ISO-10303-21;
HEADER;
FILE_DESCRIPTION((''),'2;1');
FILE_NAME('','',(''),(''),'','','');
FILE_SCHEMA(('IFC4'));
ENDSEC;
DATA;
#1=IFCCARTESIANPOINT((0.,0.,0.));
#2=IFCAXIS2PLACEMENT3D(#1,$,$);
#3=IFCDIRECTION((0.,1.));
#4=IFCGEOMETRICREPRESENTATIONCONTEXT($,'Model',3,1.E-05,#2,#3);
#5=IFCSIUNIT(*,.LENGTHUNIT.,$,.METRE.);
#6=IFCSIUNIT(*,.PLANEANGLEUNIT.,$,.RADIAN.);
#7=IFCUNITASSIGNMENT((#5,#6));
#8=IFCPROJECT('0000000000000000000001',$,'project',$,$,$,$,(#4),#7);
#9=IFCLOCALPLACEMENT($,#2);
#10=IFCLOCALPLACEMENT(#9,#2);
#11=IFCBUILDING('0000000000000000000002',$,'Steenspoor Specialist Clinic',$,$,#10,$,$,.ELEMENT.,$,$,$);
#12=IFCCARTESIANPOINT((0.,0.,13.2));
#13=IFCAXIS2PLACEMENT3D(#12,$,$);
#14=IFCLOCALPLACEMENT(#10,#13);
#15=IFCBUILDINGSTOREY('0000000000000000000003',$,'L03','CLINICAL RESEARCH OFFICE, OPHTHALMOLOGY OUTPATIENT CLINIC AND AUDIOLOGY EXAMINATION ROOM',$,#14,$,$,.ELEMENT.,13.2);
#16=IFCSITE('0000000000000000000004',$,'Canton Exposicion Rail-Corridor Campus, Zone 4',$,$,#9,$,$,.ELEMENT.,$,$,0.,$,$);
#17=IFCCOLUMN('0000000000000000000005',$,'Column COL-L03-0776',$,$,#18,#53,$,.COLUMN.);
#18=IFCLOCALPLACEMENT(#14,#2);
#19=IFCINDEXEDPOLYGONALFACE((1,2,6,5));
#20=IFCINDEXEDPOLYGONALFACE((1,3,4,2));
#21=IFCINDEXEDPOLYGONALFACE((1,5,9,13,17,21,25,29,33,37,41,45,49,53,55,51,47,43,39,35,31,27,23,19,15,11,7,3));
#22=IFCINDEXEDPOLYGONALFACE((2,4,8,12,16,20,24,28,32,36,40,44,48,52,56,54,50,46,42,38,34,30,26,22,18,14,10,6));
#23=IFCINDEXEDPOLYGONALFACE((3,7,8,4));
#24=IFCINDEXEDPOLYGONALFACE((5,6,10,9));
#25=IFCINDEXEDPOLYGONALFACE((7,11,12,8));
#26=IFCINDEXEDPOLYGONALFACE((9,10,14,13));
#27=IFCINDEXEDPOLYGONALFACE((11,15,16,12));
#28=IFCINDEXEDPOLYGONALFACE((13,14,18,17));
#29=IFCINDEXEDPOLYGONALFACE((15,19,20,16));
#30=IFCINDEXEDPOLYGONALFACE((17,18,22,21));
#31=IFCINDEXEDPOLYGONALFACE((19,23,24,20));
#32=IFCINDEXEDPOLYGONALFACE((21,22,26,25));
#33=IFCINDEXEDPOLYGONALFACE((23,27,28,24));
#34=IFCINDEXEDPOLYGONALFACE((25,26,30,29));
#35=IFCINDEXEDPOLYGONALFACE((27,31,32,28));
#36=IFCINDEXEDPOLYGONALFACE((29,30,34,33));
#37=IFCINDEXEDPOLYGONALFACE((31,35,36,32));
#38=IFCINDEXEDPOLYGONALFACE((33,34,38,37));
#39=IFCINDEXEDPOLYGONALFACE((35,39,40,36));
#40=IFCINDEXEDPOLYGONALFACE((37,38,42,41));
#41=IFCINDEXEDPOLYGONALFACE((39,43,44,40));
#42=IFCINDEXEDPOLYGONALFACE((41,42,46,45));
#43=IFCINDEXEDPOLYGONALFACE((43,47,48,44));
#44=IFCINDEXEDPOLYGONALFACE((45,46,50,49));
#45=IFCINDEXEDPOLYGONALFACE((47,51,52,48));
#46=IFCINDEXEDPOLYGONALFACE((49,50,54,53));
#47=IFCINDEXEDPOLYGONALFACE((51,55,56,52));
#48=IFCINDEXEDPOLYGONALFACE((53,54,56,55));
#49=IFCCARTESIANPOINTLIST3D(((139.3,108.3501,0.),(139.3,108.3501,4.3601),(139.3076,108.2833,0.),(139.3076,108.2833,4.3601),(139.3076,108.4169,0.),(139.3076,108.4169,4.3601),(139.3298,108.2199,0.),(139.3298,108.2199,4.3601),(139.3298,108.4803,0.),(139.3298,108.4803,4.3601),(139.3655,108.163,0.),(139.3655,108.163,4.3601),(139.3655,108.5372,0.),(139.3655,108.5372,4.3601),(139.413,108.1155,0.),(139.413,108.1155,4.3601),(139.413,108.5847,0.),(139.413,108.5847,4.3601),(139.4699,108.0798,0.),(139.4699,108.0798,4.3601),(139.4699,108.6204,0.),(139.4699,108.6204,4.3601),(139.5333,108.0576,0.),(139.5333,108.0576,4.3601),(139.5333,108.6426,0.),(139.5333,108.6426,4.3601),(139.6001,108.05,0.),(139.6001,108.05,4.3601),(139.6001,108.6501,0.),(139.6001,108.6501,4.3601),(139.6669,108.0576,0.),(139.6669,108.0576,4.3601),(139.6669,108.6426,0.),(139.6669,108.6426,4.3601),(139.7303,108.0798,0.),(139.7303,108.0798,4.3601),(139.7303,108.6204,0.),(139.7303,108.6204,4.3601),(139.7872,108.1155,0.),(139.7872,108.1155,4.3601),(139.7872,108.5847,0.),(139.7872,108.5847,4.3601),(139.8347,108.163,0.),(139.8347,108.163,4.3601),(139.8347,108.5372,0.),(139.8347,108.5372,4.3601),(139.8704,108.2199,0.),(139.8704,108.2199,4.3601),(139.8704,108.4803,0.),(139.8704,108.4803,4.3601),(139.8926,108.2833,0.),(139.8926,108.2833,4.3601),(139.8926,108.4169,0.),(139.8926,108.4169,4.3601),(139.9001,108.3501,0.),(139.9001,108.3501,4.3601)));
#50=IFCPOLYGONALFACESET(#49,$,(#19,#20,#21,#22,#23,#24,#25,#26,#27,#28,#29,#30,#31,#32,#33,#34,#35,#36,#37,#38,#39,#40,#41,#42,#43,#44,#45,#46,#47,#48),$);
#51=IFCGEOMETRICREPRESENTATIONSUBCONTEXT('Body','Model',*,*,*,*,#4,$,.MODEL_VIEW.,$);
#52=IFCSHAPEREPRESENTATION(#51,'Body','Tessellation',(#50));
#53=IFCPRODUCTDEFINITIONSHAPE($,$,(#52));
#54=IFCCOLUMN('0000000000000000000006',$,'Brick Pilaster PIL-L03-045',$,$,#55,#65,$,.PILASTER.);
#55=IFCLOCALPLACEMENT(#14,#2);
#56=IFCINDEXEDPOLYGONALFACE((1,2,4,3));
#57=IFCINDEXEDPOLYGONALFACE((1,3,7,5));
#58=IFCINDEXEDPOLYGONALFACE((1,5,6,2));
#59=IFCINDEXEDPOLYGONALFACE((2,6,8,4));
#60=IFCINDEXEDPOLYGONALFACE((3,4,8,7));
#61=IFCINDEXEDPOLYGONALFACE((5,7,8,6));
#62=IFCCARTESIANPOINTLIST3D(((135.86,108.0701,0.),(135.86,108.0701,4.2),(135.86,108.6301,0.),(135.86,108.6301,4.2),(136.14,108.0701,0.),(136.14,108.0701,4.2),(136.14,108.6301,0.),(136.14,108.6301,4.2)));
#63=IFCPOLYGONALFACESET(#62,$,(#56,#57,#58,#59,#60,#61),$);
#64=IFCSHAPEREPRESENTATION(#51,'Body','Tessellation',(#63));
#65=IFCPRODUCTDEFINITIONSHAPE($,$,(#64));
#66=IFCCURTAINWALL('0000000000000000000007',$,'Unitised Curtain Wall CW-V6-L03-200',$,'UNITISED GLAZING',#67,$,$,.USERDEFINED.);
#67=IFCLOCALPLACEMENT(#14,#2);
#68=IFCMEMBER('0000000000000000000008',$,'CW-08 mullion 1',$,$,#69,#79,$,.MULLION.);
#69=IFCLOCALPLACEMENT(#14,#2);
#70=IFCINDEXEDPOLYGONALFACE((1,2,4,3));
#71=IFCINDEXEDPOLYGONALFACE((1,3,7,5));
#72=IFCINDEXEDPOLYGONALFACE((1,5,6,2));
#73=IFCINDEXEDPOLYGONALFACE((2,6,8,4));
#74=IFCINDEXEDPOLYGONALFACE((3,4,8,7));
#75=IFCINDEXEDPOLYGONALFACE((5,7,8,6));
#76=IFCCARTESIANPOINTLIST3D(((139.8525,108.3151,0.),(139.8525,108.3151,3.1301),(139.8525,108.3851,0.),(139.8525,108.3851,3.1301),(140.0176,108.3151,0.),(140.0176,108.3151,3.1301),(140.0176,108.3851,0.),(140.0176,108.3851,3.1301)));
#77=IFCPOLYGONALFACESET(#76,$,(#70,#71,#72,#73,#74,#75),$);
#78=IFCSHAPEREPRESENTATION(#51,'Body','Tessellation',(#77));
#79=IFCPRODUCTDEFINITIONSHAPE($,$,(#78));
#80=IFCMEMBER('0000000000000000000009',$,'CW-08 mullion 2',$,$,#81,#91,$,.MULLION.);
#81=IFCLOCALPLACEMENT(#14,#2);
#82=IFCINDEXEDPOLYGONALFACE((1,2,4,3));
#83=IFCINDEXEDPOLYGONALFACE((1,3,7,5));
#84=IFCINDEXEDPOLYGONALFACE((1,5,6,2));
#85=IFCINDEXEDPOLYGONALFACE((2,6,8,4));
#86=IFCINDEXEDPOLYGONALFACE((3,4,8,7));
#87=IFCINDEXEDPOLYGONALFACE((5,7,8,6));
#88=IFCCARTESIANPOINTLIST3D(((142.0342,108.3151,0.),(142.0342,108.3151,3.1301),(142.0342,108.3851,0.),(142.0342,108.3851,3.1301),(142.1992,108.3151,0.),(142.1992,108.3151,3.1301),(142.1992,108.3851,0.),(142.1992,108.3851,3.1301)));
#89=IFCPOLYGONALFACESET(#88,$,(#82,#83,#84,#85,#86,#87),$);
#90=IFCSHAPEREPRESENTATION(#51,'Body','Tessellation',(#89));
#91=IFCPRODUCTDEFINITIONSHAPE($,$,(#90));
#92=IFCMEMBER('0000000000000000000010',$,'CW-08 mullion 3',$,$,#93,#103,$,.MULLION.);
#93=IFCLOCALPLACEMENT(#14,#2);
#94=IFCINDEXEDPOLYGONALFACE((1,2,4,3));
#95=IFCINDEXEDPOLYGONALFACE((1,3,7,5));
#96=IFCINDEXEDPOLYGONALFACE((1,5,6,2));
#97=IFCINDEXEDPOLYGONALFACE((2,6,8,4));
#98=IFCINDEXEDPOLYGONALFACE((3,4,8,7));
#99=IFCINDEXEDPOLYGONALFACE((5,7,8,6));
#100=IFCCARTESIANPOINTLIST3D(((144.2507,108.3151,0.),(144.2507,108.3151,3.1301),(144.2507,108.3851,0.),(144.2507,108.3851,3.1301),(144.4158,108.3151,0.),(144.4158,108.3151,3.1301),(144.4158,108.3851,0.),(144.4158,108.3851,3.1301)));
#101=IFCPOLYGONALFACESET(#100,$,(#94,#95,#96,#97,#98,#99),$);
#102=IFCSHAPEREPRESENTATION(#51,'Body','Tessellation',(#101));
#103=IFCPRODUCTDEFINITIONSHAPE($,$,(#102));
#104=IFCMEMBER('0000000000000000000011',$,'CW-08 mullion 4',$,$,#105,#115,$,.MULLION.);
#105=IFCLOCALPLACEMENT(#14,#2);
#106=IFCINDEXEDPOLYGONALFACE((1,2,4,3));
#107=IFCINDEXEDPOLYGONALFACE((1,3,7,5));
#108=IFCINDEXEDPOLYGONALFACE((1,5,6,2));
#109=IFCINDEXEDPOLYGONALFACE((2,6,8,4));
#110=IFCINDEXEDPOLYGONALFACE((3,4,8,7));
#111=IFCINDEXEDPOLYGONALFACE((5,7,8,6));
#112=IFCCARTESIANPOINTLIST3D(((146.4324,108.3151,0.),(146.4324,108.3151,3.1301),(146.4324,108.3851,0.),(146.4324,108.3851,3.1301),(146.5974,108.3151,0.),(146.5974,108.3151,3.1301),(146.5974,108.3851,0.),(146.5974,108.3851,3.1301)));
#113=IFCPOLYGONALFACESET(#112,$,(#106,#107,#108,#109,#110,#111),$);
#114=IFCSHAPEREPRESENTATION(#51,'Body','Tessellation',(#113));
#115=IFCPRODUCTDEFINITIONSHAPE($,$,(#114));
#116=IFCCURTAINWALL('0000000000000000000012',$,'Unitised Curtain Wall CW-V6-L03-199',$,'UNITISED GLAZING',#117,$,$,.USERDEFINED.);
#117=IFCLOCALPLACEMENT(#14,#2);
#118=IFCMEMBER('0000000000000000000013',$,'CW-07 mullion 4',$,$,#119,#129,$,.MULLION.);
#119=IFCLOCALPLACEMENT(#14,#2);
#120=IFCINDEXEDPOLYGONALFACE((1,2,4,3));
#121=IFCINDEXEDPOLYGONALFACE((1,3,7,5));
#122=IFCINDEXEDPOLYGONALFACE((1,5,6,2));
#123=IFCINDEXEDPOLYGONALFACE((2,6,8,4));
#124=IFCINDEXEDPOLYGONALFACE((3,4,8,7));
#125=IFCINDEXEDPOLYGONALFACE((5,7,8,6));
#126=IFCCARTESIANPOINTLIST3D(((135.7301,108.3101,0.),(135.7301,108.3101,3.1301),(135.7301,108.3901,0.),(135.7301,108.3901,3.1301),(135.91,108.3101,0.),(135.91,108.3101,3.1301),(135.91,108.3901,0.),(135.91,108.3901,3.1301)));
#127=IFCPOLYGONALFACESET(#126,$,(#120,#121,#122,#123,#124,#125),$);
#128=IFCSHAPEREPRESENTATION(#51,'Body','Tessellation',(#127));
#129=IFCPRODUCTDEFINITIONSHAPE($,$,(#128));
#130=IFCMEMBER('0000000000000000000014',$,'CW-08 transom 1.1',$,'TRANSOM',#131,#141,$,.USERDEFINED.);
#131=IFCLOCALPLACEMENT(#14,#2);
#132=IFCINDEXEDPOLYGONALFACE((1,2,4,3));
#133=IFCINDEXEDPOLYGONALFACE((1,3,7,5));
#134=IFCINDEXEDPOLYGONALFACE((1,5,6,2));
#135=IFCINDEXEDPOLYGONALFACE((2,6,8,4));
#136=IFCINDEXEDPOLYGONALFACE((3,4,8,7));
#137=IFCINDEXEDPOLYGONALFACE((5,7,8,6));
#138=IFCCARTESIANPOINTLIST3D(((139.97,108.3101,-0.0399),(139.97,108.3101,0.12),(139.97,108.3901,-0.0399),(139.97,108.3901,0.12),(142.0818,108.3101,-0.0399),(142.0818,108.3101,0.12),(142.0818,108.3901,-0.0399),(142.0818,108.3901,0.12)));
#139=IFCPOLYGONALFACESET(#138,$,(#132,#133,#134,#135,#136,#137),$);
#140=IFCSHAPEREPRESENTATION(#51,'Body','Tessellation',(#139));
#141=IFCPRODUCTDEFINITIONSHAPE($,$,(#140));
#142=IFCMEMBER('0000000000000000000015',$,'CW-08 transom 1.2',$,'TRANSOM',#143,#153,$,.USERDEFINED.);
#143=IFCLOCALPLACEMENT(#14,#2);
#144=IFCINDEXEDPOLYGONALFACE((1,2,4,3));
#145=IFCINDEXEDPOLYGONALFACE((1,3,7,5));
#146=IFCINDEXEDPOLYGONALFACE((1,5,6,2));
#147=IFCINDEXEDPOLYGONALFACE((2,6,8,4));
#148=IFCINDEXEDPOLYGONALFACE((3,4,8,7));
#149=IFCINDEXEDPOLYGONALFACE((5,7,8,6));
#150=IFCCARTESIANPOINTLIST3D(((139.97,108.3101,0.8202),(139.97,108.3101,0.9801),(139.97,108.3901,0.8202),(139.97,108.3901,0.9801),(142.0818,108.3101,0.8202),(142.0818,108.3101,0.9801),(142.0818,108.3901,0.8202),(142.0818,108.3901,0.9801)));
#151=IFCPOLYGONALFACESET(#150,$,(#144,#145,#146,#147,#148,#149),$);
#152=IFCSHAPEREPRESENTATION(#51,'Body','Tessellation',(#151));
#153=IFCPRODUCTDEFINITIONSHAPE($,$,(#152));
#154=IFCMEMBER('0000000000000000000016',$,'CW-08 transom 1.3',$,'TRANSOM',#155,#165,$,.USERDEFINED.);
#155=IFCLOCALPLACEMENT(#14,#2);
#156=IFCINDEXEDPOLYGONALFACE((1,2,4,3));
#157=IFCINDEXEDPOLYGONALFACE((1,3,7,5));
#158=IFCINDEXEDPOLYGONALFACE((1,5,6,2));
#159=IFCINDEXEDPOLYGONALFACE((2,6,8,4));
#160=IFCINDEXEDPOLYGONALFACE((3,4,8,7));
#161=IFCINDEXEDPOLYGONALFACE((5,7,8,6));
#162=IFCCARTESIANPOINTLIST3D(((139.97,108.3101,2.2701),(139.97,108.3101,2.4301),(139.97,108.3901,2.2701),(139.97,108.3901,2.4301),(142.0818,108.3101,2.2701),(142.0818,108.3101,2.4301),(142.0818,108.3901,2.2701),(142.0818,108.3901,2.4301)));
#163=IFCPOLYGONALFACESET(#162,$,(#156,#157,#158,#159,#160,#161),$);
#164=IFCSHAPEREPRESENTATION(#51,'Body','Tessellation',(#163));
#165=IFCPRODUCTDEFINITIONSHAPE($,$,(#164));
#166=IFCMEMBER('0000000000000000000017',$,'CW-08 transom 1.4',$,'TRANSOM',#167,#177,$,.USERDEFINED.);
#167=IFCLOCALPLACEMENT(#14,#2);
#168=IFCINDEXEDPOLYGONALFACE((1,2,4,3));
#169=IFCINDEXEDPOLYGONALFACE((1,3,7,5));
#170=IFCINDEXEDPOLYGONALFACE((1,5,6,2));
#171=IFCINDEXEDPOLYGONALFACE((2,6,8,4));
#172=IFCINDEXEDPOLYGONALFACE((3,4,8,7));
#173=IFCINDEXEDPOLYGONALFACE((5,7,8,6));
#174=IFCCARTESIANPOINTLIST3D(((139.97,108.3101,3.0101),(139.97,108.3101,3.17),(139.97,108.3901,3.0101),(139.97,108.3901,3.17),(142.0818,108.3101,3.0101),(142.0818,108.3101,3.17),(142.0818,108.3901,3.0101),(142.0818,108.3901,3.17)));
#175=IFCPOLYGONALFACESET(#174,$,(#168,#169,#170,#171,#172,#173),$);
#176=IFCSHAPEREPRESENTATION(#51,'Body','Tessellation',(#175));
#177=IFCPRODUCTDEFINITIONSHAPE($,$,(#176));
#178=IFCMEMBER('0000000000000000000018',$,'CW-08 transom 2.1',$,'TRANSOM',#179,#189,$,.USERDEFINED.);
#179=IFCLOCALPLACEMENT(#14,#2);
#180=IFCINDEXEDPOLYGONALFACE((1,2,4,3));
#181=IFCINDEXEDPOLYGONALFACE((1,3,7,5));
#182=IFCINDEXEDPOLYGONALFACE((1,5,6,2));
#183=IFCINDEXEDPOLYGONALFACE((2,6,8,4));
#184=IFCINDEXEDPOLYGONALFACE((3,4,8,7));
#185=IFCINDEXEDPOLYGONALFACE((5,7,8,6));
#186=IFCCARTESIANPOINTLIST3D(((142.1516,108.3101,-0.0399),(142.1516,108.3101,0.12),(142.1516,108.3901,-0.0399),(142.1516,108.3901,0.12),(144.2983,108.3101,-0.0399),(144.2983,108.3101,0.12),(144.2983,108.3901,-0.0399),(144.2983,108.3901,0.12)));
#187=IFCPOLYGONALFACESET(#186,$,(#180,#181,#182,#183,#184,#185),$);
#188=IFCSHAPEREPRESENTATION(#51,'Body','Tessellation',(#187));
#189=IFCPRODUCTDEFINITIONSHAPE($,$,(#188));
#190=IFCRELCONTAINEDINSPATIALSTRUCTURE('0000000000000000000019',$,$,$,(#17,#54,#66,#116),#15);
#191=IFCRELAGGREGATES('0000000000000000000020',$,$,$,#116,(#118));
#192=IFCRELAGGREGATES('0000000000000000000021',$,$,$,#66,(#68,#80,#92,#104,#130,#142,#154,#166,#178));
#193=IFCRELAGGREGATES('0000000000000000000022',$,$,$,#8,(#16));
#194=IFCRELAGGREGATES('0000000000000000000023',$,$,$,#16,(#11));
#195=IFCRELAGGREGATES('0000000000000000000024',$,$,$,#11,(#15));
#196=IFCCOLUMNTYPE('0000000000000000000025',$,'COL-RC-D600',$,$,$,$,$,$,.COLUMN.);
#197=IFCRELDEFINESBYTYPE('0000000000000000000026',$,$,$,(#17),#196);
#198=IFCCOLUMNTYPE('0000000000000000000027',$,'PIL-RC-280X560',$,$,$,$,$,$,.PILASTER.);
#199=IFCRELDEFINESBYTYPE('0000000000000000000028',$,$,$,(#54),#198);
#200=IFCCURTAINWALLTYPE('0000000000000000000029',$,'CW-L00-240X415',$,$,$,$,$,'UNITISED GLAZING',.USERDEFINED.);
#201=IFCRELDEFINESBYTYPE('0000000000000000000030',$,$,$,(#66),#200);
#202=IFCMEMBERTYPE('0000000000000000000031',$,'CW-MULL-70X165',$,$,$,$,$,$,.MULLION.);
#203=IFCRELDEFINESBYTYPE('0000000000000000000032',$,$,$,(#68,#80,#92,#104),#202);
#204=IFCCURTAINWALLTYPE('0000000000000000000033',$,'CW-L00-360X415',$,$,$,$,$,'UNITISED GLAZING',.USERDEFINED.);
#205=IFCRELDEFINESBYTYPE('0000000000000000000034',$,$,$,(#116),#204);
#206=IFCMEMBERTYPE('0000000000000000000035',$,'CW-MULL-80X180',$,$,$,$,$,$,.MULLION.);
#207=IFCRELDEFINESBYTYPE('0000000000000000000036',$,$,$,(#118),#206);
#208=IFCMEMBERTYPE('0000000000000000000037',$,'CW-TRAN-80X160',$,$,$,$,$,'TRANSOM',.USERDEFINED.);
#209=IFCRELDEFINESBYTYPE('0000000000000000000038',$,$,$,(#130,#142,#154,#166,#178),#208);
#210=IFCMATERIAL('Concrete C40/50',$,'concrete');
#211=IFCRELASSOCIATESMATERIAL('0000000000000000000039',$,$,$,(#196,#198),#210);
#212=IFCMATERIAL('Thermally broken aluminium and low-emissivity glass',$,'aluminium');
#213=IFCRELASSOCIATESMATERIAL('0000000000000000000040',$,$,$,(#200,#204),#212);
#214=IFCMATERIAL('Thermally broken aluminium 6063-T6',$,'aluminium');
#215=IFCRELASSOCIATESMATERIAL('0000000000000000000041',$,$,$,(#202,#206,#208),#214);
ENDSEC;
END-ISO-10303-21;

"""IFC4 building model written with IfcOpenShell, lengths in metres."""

from ifc_helpers import new_model, si_unit, direction, frame, origin, origin_2d, place, context, subcontext, project, spatial, rectangle, circle, extrude, material, material_profile, profile_set, type_object, element, aggregate, save


model = new_model("IFC4")

# Units and contexts
model_context = context("Model", 3, precision=1e-05, world=origin(), true_north=direction((0.0, 1.0)))
body_context = subcontext(model_context, "Body", "Model", "MODEL_VIEW")
ifc_project = project(units=[si_unit("LENGTHUNIT", "METRE"), si_unit("PLANEANGLEUNIT", "RADIAN")], contexts=[model_context])

# Site, building, storey
site_placement = place(None, origin())
site = spatial("IfcSite", under=ifc_project, at=site_placement, Name="Canton Exposicion Rail-Corridor Campus, Zone 4", CompositionType="ELEMENT", RefElevation=0.0)
building_placement = place(site_placement, origin())
building = spatial("IfcBuilding", under=site, at=building_placement, Name="Steenspoor Specialist Clinic", CompositionType="ELEMENT")
storey_placement = place(building_placement, frame((0.0, 0.0, 13.2)))
storey = spatial("IfcBuildingStorey", under=building, at=storey_placement, Name="L03", Description="CLINICAL RESEARCH OFFICE, OPHTHALMOLOGY OUTPATIENT CLINIC AND AUDIOLOGY EXAMINATION ROOM", CompositionType="ELEMENT", Elevation=13.2)

# Columns
ifc_material_1 = material(Name="Concrete C40/50", Category="concrete")
ifc_material_profile_1 = material_profile(ifc_material_1, circle(Radius=0.3, at=origin_2d()), Name="RC-COL-D600")
ifc_profile_set_1 = profile_set([ifc_material_profile_1], Name="Concrete C40/50")
column_type_1 = type_object("IfcColumnType", Name="COL-RC-D600", PredefinedType="COLUMN", material=ifc_profile_set_1)
column_1_placement = place(storey_placement, frame((139.6001, 108.3501, 0.0), z_axis=(0.0, 0.0, 1.0), x_axis=(1.0, 0.0, 0.0)))
element("IfcColumn", 1, at=column_1_placement, inside=storey, type_object=column_type_1, Name="Column COL-L03-0776", PredefinedType="COLUMN", context=body_context, shape_type="SweptSolid", body=[
    extrude(circle(Radius=0.3, at=origin_2d()), origin(), (0.0, 0.0, 1.0), 4.3601),
])
ifc_material_profile_2 = material_profile(ifc_material_1, rectangle(XDim=0.28, YDim=0.5601, at=origin_2d()), Name="RC-PIL-280X560")
ifc_profile_set_2 = profile_set([ifc_material_profile_2], Name="Concrete C40/50")
column_type_2 = type_object("IfcColumnType", Name="PIL-RC-280X560", PredefinedType="PILASTER", material=ifc_profile_set_2)
column_2_placement = place(storey_placement, frame((136.0, 108.3501, 0.0), z_axis=(0.0, 0.0, 1.0), x_axis=(1.0, 0.0, 0.0)))
element("IfcColumn", 2, at=column_2_placement, inside=storey, type_object=column_type_2, Name="Brick Pilaster PIL-L03-045", PredefinedType="PILASTER", context=body_context, shape_type="SweptSolid", body=[
    extrude(rectangle(XDim=0.28, YDim=0.5601, at=origin_2d()), origin(), (0.0, 0.0, 1.0), 4.2),
])

# Curtain wall, members
ifc_material_2 = material(Name="Thermally broken aluminium and low-emissivity glass", Category="aluminium")
curtain_wall_type_1 = type_object("IfcCurtainWallType", Name="CW-L00-240X415", ElementType="UNITISED GLAZING", PredefinedType="USERDEFINED", material=ifc_material_2)
curtain_wall_1_placement = place(storey_placement, origin())
curtain_wall_1 = element("IfcCurtainWall", 3, at=curtain_wall_1_placement, inside=storey, type_object=curtain_wall_type_1, Name="Unitised Curtain Wall CW-V6-L03-200", ObjectType="UNITISED GLAZING", PredefinedType="USERDEFINED")
ifc_material_3 = material(Name="Thermally broken aluminium 6063-T6", Category="aluminium")
ifc_material_profile_3 = material_profile(ifc_material_3, rectangle(XDim=0.0701, YDim=0.165, at=origin_2d()), Name="CWM-70X165")
ifc_profile_set_3 = profile_set([ifc_material_profile_3], Name="Thermally broken aluminium 6063-T6")
member_type_1 = type_object("IfcMemberType", Name="CW-MULL-70X165", PredefinedType="MULLION", material=ifc_profile_set_3)
member_1_placement = place(storey_placement, frame((139.9351, 108.3501, 0.0), z_axis=(0.0, 0.0, 1.0), x_axis=(0.0, 1.0, 0.0)))
member_1 = element("IfcMember", 4, at=member_1_placement, type_object=member_type_1, Name="CW-08 mullion 1", PredefinedType="MULLION", context=body_context, shape_type="SweptSolid", body=[
    extrude(rectangle(XDim=0.0701, YDim=0.165, at=origin_2d()), origin(), (0.0, 0.0, 1.0), 3.1301),
])
member_2_placement = place(storey_placement, frame((142.1167, 108.3501, 0.0), z_axis=(0.0, 0.0, 1.0), x_axis=(0.0, 1.0, 0.0)))
member_2 = element("IfcMember", 5, at=member_2_placement, type_object=member_type_1, Name="CW-08 mullion 2", PredefinedType="MULLION", context=body_context, shape_type="SweptSolid", body=[
    extrude(rectangle(XDim=0.0701, YDim=0.165, at=origin_2d()), origin(), (0.0, 0.0, 1.0), 3.1301),
])
member_3_placement = place(storey_placement, frame((144.3333, 108.3501, 0.0), z_axis=(0.0, 0.0, 1.0), x_axis=(0.0, 1.0, 0.0)))
member_3 = element("IfcMember", 6, at=member_3_placement, type_object=member_type_1, Name="CW-08 mullion 3", PredefinedType="MULLION", context=body_context, shape_type="SweptSolid", body=[
    extrude(rectangle(XDim=0.0701, YDim=0.165, at=origin_2d()), origin(), (0.0, 0.0, 1.0), 3.1301),
])
member_4_placement = place(storey_placement, frame((146.5149, 108.3501, 0.0), z_axis=(0.0, 0.0, 1.0), x_axis=(0.0, 1.0, 0.0)))
member_4 = element("IfcMember", 7, at=member_4_placement, type_object=member_type_1, Name="CW-08 mullion 4", PredefinedType="MULLION", context=body_context, shape_type="SweptSolid", body=[
    extrude(rectangle(XDim=0.0701, YDim=0.165, at=origin_2d()), origin(), (0.0, 0.0, 1.0), 3.1301),
])

# Curtain wall, member
curtain_wall_type_2 = type_object("IfcCurtainWallType", Name="CW-L00-360X415", ElementType="UNITISED GLAZING", PredefinedType="USERDEFINED", material=ifc_material_2)
curtain_wall_2_placement = place(storey_placement, origin())
curtain_wall_2 = element("IfcCurtainWall", 8, at=curtain_wall_2_placement, inside=storey, type_object=curtain_wall_type_2, Name="Unitised Curtain Wall CW-V6-L03-199", ObjectType="UNITISED GLAZING", PredefinedType="USERDEFINED")
ifc_material_profile_4 = material_profile(ifc_material_3, rectangle(XDim=0.0801, YDim=0.1799, at=origin_2d()), Name="CWM-80X180")
ifc_profile_set_4 = profile_set([ifc_material_profile_4], Name="Thermally broken aluminium 6063-T6")
member_type_2 = type_object("IfcMemberType", Name="CW-MULL-80X180", PredefinedType="MULLION", material=ifc_profile_set_4)
member_5_placement = place(storey_placement, frame((135.8201, 108.3501, 0.0), z_axis=(0.0, 0.0, 1.0), x_axis=(0.0, 1.0, 0.0)))
member_5 = element("IfcMember", 9, at=member_5_placement, type_object=member_type_2, Name="CW-07 mullion 4", PredefinedType="MULLION", context=body_context, shape_type="SweptSolid", body=[
    extrude(rectangle(XDim=0.0801, YDim=0.1799, at=origin_2d()), origin(), (0.0, 0.0, 1.0), 3.1301),
])

# Members
ifc_material_profile_5 = material_profile(ifc_material_3, rectangle(XDim=0.0801, YDim=0.1599, at=origin_2d()), Name="CWT-80X160")
ifc_profile_set_5 = profile_set([ifc_material_profile_5], Name="Thermally broken aluminium 6063-T6")
member_type_3 = type_object("IfcMemberType", Name="CW-TRAN-80X160", ElementType="TRANSOM", PredefinedType="USERDEFINED", material=ifc_profile_set_5)
member_6_placement = place(storey_placement, frame((139.97, 108.3501, 0.04), z_axis=(1.0, 0.0, 0.0), x_axis=(0.0, 1.0, 0.0)))
member_6 = element("IfcMember", 10, at=member_6_placement, type_object=member_type_3, Name="CW-08 transom 1.1", ObjectType="TRANSOM", PredefinedType="USERDEFINED", context=body_context, shape_type="SweptSolid", body=[
    extrude(rectangle(XDim=0.0801, YDim=0.1599, at=origin_2d()), origin(), (0.0, 0.0, 1.0), 2.1118),
])
member_7_placement = place(storey_placement, frame((139.97, 108.3501, 0.9001), z_axis=(1.0, 0.0, 0.0), x_axis=(0.0, 1.0, 0.0)))
member_7 = element("IfcMember", 11, at=member_7_placement, type_object=member_type_3, Name="CW-08 transom 1.2", ObjectType="TRANSOM", PredefinedType="USERDEFINED", context=body_context, shape_type="SweptSolid", body=[
    extrude(rectangle(XDim=0.0801, YDim=0.1599, at=origin_2d()), origin(), (0.0, 0.0, 1.0), 2.1118),
])
member_8_placement = place(storey_placement, frame((139.97, 108.3501, 2.3501), z_axis=(1.0, 0.0, 0.0), x_axis=(0.0, 1.0, 0.0)))
member_8 = element("IfcMember", 12, at=member_8_placement, type_object=member_type_3, Name="CW-08 transom 1.3", ObjectType="TRANSOM", PredefinedType="USERDEFINED", context=body_context, shape_type="SweptSolid", body=[
    extrude(rectangle(XDim=0.0801, YDim=0.1599, at=origin_2d()), origin(), (0.0, 0.0, 1.0), 2.1118),
])
member_9_placement = place(storey_placement, frame((139.97, 108.3501, 3.0901), z_axis=(1.0, 0.0, 0.0), x_axis=(0.0, 1.0, 0.0)))
member_9 = element("IfcMember", 13, at=member_9_placement, type_object=member_type_3, Name="CW-08 transom 1.4", ObjectType="TRANSOM", PredefinedType="USERDEFINED", context=body_context, shape_type="SweptSolid", body=[
    extrude(rectangle(XDim=0.0801, YDim=0.1599, at=origin_2d()), origin(), (0.0, 0.0, 1.0), 2.1118),
])
member_10_placement = place(storey_placement, frame((142.1516, 108.3501, 0.04), z_axis=(1.0, 0.0, 0.0), x_axis=(0.0, 1.0, 0.0)))
member_10 = element("IfcMember", 14, at=member_10_placement, type_object=member_type_3, Name="CW-08 transom 2.1", ObjectType="TRANSOM", PredefinedType="USERDEFINED", context=body_context, shape_type="SweptSolid", body=[
    extrude(rectangle(XDim=0.0801, YDim=0.1599, at=origin_2d()), origin(), (0.0, 0.0, 1.0), 2.1467),
])

aggregate(curtain_wall_2, [member_5])
aggregate(curtain_wall_1, [member_1, member_2, member_3, member_4, member_6, member_7, member_8, member_9, member_10])

save(model, "model.ifc")
